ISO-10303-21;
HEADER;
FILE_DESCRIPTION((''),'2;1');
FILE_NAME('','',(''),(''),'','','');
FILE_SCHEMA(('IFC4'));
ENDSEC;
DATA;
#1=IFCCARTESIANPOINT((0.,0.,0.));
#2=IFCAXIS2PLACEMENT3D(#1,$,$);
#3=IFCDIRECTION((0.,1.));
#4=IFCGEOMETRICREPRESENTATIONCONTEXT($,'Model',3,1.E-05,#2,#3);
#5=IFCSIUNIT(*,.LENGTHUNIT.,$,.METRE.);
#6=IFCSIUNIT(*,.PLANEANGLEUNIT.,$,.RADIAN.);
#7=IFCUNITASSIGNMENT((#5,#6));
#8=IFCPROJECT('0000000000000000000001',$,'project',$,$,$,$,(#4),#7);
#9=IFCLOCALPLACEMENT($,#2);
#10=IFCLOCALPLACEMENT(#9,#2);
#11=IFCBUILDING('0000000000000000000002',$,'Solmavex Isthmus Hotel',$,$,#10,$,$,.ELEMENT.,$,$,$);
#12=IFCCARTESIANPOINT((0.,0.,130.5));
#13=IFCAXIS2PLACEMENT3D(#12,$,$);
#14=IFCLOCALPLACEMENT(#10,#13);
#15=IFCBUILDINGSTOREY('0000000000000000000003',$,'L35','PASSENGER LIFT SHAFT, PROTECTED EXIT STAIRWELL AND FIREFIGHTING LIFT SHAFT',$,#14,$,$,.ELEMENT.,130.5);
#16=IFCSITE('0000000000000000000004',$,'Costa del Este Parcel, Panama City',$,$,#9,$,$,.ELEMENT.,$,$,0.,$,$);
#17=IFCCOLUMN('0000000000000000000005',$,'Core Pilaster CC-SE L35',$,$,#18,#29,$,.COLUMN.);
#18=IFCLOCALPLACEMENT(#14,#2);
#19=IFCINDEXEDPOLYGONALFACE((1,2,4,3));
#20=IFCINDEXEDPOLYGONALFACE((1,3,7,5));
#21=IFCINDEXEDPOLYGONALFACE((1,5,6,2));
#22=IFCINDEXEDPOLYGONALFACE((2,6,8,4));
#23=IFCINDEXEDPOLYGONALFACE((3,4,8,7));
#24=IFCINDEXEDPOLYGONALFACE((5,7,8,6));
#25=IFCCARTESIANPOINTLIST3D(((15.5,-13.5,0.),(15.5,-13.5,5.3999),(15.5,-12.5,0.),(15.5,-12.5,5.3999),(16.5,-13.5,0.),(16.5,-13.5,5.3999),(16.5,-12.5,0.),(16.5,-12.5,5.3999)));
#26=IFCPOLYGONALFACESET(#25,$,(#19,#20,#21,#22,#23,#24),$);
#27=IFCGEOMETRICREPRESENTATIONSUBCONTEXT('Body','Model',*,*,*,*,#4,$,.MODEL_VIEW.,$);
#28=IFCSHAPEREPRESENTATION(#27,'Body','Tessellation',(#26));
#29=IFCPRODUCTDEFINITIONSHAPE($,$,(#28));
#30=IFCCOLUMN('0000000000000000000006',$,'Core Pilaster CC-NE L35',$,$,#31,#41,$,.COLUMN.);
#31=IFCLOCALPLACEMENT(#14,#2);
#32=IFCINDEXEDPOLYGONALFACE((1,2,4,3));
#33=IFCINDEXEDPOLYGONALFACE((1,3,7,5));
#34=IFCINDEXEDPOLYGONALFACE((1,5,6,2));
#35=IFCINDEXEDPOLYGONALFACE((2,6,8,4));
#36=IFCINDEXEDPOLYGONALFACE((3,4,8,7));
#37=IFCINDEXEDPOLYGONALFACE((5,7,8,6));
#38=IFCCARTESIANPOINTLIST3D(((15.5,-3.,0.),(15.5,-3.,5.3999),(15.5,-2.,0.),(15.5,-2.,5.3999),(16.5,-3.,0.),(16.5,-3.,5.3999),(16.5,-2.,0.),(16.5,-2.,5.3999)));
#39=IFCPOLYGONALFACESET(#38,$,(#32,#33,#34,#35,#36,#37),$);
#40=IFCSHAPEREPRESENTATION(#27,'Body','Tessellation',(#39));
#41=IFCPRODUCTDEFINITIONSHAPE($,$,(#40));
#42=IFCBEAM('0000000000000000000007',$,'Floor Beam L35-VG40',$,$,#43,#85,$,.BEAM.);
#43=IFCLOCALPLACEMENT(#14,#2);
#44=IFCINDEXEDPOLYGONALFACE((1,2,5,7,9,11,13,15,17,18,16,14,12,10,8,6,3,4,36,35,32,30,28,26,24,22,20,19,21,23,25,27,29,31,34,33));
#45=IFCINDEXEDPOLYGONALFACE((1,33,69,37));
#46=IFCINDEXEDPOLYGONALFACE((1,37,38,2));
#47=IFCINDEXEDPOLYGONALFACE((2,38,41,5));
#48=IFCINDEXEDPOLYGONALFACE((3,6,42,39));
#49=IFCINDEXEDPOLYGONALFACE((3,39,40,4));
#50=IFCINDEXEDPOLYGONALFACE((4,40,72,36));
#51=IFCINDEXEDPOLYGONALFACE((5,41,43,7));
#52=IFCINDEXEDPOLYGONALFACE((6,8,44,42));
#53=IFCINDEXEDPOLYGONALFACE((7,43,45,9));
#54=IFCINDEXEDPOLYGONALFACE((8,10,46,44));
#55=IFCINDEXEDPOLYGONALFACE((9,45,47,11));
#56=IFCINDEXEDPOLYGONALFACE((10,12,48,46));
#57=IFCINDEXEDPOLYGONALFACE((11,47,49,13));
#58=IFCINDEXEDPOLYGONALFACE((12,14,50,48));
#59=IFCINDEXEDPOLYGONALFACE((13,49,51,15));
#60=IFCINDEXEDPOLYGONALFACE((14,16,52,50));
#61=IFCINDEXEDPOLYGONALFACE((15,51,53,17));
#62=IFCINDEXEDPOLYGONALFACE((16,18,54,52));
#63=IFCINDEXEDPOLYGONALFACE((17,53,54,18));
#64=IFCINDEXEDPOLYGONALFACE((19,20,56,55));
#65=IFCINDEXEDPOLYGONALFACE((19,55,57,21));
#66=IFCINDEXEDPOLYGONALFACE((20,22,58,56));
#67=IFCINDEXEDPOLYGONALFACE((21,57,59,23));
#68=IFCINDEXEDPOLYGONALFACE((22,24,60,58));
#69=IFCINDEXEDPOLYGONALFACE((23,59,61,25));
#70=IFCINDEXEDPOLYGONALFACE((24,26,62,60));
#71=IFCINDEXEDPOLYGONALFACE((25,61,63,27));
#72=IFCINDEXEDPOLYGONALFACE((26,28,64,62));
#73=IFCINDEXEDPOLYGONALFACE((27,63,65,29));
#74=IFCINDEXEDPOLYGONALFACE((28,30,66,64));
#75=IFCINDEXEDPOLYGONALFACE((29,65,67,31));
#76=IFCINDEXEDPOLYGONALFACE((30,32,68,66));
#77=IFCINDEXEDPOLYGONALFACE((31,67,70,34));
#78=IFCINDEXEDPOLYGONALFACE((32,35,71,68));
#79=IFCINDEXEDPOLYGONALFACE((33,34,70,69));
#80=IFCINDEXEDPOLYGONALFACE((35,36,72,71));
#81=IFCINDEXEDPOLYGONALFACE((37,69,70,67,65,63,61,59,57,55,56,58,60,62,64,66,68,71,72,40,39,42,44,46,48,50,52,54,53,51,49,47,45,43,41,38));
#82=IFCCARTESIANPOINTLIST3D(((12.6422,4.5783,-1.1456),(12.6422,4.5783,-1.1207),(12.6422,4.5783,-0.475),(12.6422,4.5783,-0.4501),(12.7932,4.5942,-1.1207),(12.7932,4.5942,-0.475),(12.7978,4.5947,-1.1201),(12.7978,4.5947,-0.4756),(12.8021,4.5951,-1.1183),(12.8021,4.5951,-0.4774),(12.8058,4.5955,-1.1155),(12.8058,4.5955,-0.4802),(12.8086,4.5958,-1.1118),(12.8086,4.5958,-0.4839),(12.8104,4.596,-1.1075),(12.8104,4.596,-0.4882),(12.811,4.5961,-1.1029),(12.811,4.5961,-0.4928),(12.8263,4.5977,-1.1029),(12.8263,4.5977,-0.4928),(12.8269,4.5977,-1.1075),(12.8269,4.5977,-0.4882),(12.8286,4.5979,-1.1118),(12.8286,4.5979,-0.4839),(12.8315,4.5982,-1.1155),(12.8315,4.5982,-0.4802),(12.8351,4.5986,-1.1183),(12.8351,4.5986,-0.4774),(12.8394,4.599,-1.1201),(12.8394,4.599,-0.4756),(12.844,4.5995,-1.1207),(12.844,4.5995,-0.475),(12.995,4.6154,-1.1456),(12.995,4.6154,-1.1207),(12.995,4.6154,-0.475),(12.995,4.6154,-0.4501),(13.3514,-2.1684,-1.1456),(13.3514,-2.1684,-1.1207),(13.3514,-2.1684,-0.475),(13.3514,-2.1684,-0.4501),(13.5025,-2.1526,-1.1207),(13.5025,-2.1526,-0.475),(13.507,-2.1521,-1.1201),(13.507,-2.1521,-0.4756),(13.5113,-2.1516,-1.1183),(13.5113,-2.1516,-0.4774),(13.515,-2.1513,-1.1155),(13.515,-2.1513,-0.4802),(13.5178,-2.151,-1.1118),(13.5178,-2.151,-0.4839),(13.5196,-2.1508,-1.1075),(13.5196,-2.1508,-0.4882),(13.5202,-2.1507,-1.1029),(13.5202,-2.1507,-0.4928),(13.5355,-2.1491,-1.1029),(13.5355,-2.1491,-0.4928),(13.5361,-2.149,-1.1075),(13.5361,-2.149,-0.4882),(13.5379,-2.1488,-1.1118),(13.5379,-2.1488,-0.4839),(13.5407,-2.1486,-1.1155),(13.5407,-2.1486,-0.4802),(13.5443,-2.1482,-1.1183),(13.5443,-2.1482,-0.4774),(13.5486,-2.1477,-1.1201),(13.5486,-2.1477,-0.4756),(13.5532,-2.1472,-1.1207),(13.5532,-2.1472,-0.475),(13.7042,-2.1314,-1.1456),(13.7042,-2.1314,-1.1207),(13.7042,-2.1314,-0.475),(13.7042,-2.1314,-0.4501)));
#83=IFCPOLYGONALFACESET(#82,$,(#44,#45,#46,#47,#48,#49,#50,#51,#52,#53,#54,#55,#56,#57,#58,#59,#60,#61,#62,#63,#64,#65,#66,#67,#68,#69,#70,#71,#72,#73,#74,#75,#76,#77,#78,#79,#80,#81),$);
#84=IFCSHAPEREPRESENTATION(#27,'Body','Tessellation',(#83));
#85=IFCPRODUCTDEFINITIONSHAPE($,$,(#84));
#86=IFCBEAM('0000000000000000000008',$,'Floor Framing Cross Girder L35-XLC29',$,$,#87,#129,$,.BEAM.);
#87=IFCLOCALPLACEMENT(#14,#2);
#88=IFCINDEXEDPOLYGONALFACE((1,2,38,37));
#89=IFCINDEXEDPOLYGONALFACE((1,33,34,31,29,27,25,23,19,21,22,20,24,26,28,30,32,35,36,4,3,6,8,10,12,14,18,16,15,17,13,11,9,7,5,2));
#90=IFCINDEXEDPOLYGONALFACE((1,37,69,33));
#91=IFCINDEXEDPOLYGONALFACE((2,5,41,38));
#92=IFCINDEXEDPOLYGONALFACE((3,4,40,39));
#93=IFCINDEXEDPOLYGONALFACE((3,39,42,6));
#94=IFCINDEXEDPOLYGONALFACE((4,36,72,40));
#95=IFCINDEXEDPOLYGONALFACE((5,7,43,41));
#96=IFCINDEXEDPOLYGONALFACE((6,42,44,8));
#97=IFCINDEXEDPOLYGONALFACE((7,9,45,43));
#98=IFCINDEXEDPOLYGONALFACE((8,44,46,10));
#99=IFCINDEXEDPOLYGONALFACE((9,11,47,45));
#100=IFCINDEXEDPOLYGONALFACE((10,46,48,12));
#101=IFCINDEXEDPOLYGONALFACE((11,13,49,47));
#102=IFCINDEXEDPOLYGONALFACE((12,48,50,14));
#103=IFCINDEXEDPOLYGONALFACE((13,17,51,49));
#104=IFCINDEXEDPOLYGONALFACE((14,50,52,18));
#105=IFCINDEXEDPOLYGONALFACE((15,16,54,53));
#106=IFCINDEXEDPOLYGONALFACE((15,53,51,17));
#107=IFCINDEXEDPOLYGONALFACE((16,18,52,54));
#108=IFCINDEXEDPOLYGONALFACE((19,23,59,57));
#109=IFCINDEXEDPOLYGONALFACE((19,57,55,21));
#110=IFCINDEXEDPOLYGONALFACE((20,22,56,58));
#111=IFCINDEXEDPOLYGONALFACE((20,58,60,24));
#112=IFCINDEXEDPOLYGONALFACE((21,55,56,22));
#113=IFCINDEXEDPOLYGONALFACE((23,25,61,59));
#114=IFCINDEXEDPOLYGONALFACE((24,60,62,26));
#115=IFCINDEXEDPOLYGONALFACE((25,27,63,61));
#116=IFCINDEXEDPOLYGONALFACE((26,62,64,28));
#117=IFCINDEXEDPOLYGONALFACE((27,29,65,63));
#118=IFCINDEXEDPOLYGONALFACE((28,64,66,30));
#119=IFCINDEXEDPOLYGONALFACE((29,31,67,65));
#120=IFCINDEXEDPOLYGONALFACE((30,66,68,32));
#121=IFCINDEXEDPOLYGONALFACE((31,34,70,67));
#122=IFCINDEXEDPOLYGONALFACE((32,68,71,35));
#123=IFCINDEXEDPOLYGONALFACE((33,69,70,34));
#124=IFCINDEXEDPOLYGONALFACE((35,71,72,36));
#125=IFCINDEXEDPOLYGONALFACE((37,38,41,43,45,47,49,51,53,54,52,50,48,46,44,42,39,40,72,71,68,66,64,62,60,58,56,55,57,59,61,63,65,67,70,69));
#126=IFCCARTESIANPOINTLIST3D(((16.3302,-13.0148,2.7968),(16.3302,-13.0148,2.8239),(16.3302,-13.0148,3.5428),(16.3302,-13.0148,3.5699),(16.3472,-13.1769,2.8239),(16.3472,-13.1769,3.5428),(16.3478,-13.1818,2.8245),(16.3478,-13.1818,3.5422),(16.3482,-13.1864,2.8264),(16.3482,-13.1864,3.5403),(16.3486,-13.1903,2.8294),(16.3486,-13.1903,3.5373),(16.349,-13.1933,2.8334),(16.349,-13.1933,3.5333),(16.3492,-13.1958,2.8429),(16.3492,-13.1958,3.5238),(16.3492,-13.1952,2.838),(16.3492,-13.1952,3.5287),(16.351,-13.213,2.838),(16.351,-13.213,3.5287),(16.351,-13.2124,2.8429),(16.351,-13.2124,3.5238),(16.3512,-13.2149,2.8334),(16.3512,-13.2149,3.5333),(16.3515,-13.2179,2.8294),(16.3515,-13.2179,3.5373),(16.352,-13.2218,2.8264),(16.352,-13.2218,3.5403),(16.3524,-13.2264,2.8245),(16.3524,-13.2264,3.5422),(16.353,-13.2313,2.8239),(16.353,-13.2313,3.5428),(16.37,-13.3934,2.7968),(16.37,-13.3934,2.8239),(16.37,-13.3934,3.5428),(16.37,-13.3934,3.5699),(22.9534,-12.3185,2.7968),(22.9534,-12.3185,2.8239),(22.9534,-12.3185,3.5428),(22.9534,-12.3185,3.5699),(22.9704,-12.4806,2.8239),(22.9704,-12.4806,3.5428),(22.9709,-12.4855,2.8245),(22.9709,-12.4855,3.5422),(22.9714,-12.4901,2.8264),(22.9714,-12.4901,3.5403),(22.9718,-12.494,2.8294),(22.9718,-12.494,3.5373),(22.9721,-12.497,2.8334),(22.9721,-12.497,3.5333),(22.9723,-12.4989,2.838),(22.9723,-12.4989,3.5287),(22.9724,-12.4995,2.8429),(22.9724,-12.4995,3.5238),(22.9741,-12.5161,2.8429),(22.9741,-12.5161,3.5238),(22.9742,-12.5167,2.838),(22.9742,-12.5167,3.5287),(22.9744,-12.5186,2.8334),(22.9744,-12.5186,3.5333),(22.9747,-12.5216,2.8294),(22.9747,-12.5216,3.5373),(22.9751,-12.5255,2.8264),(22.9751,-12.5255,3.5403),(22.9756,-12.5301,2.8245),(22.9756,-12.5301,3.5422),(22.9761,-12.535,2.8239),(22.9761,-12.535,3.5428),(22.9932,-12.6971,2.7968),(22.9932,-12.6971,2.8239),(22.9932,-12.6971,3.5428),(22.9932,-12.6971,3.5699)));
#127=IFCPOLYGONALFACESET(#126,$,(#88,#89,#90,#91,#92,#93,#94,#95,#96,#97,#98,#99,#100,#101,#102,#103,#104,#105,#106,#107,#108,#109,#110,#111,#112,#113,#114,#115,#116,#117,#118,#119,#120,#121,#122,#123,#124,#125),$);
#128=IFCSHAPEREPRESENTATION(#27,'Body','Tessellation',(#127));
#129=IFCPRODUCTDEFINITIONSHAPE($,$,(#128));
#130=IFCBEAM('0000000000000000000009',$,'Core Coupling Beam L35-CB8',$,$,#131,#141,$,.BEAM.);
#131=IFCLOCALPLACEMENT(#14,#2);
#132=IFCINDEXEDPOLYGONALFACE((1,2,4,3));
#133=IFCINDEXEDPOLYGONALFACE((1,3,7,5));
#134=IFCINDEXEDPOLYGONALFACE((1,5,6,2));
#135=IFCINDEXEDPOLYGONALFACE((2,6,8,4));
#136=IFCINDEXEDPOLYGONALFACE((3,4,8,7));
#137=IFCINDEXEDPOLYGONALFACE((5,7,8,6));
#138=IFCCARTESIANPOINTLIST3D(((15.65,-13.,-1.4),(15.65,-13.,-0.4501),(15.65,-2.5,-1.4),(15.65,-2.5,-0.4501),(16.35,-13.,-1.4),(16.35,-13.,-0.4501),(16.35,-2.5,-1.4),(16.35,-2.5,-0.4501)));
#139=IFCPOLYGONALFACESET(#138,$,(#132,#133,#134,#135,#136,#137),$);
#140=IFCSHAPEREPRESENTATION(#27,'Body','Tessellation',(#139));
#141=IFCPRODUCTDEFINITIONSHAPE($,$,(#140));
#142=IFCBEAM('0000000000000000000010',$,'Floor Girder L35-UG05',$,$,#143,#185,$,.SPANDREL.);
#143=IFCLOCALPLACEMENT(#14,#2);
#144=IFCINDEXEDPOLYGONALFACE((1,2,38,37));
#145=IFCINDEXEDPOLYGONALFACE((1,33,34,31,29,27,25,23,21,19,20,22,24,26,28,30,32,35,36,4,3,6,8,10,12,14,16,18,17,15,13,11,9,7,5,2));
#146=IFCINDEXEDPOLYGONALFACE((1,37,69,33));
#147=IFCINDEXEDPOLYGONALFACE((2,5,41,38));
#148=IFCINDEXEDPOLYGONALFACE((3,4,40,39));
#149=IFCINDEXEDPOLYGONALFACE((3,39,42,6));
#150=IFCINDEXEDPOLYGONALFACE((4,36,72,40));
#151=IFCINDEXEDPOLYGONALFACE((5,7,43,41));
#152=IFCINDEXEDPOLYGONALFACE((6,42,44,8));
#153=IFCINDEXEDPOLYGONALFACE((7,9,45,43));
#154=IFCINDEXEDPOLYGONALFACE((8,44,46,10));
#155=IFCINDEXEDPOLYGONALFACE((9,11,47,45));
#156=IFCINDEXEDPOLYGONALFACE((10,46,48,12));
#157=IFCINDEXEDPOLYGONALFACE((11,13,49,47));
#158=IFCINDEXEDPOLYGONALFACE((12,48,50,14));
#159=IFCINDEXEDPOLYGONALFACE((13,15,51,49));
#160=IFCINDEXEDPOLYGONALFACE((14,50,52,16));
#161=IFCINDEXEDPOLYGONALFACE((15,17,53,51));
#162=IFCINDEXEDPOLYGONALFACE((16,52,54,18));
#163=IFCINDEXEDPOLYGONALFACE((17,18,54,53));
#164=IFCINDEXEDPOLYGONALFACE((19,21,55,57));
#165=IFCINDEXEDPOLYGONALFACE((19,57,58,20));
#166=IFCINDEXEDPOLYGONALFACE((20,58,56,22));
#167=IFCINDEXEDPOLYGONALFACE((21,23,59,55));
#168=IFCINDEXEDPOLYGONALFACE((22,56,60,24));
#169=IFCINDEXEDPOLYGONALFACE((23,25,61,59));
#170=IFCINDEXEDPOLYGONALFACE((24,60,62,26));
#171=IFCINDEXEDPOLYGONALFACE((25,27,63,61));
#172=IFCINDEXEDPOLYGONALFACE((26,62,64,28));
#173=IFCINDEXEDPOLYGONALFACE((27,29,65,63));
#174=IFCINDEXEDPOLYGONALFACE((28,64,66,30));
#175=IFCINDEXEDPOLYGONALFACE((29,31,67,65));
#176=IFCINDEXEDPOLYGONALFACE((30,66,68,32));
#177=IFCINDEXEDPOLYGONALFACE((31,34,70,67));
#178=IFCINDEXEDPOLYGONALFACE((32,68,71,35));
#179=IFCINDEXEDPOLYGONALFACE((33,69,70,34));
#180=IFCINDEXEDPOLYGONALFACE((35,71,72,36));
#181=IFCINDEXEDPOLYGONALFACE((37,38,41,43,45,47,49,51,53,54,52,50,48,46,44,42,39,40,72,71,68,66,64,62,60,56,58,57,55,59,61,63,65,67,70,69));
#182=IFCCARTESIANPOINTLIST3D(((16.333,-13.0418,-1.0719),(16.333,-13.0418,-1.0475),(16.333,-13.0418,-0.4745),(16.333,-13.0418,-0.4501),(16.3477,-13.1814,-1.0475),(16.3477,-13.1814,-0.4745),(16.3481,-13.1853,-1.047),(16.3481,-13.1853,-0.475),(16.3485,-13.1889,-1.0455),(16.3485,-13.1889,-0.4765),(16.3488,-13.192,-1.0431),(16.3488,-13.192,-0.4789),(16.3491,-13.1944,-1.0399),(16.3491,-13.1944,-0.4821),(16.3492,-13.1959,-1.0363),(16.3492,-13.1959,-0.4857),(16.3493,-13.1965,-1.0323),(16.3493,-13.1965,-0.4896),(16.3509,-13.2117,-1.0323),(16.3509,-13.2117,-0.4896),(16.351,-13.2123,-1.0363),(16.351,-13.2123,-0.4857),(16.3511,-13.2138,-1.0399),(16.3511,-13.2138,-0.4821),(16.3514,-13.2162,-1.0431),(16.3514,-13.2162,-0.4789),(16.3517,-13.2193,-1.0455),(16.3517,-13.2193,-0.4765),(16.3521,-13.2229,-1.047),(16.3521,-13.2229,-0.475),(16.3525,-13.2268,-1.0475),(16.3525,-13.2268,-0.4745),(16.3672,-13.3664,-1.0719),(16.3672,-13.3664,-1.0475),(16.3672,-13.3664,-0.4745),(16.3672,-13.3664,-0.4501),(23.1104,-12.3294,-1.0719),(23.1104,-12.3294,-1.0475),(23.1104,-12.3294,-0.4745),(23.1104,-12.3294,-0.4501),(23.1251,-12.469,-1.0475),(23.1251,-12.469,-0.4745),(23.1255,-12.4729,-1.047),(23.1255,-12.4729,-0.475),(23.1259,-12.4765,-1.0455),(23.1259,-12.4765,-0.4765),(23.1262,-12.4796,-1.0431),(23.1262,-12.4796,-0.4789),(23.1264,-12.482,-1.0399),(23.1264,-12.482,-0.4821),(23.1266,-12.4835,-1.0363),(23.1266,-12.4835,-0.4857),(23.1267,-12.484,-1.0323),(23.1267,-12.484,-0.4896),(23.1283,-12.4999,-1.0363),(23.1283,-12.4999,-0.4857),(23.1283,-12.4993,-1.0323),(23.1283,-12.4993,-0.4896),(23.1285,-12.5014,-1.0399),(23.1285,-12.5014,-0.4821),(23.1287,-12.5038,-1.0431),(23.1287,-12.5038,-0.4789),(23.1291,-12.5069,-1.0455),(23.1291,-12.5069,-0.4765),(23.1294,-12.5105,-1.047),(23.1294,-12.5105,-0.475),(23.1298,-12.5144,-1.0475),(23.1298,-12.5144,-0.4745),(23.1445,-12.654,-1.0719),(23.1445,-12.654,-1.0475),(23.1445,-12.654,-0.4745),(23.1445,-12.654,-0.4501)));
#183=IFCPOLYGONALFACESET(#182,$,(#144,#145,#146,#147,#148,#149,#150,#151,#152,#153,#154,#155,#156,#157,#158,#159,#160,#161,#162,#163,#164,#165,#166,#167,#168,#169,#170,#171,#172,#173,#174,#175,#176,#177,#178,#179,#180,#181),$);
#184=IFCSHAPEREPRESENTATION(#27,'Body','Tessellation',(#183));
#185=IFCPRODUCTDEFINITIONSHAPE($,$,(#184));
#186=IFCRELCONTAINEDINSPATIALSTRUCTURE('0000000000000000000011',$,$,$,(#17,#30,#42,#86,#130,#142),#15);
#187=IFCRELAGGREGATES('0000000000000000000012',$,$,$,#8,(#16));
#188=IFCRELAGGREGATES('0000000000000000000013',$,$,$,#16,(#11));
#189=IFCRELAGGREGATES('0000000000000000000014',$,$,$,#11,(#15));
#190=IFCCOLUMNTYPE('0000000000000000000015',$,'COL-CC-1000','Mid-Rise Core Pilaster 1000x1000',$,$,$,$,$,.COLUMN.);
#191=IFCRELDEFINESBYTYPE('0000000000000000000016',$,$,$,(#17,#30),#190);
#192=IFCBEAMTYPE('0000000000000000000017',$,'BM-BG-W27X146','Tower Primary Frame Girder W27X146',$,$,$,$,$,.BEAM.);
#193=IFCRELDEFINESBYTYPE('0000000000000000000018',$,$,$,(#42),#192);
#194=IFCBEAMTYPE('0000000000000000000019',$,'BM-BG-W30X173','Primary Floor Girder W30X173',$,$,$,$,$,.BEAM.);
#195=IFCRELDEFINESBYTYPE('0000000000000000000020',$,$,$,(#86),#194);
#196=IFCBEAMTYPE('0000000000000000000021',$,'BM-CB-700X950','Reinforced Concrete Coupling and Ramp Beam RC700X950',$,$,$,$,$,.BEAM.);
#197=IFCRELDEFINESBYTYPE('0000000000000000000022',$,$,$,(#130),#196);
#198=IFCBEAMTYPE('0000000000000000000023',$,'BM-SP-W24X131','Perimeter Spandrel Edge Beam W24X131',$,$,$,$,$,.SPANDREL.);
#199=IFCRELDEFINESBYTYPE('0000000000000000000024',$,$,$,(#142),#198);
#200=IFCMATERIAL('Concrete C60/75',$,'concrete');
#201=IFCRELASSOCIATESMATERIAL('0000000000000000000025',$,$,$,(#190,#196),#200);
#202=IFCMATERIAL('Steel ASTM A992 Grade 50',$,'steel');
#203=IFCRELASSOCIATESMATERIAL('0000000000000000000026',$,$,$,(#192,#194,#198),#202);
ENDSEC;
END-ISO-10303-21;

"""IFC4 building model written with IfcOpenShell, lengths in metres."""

from ifc_helpers import new_model, si_unit, direction, frame, origin, origin_2d, place, context, subcontext, project, spatial, rectangle, i_section, extrude, material, material_profile, profile_set, type_object, element, save


model = new_model("IFC4")

# Units and contexts
model_context = context("Model", 3, precision=1e-05, world=origin(), true_north=direction((0.0, 1.0)))
body_context = subcontext(model_context, "Body", "Model", "MODEL_VIEW")
ifc_project = project(units=[si_unit("LENGTHUNIT", "METRE"), si_unit("PLANEANGLEUNIT", "RADIAN")], contexts=[model_context])

# Site, building, storey
site_placement = place(None, origin())
site = spatial("IfcSite", under=ifc_project, at=site_placement, Name="Costa del Este Parcel, Panama City", CompositionType="ELEMENT", RefElevation=0.0)
building_placement = place(site_placement, origin())
building = spatial("IfcBuilding", under=site, at=building_placement, Name="Solmavex Isthmus Hotel", CompositionType="ELEMENT")
storey_placement = place(building_placement, frame((0.0, 0.0, 130.5)))
storey = spatial("IfcBuildingStorey", under=building, at=storey_placement, Name="L35", Description="PASSENGER LIFT SHAFT, PROTECTED EXIT STAIRWELL AND FIREFIGHTING LIFT SHAFT", CompositionType="ELEMENT", Elevation=130.5)

# Columns
ifc_material_1 = material(Name="Concrete C60/75", Category="concrete")
ifc_material_profile_1 = material_profile(ifc_material_1, rectangle(XDim=1.0, YDim=1.0, at=origin_2d()), Name="RC1000X1000")
ifc_profile_set_1 = profile_set([ifc_material_profile_1], Name="Concrete C60/75")
column_type = type_object("IfcColumnType", Name="COL-CC-1000", Description="Mid-Rise Core Pilaster 1000x1000", PredefinedType="COLUMN", material=ifc_profile_set_1)
for number, where, z_axis, x_axis, name in (
    (1, (16.0, -13.0, 0.0), (0.0, 0.0, 1.0), (1.0, 0.0, 0.0), "Core Pilaster CC-SE L35"),
    (2, (16.0, -2.5, 0.0), (0.0, 0.0, 1.0), (1.0, 0.0, 0.0), "Core Pilaster CC-NE L35"),
):
    element("IfcColumn", number, at=place(storey_placement, frame(where, z_axis=z_axis, x_axis=x_axis)), inside=storey, type_object=column_type, Name=name, PredefinedType="COLUMN", context=body_context, shape_type="SweptSolid", body=[
        extrude(rectangle(XDim=1.0, YDim=1.0, at=origin_2d()), origin(), (0.0, 0.0, 1.0), 5.3999),
    ])

# Beams
ifc_material_2 = material(Name="Steel ASTM A992 Grade 50", Category="steel")
ifc_material_profile_2 = material_profile(ifc_material_2, i_section(OverallWidth=0.3547, OverallDepth=0.6956, WebThickness=0.0154, FlangeThickness=0.0249, FilletRadius=0.0178, at=origin_2d()), Name="W27X146")
ifc_profile_set_2 = profile_set([ifc_material_profile_2], Name="Steel ASTM A992 Grade 50")
beam_type_1 = type_object("IfcBeamType", Name="BM-BG-W27X146", Description="Tower Primary Frame Girder W27X146", PredefinedType="BEAM", material=ifc_profile_set_2)
beam_1_placement = place(storey_placement, frame((13.5278, -2.1499, -0.7979), z_axis=(-0.104544, 0.99452, 0.0), x_axis=(-0.99452, -0.104544, 0.0)))
element("IfcBeam", 3, at=beam_1_placement, inside=storey, type_object=beam_type_1, Name="Floor Beam L35-VG40", PredefinedType="BEAM", context=body_context, shape_type="SweptSolid", body=[
    extrude(i_section(OverallWidth=0.3547, OverallDepth=0.6956, WebThickness=0.0154, FlangeThickness=0.0249, FilletRadius=0.0178, at=origin_2d()), origin(), (0.0, 0.0, 1.0), 6.7839),
])
ifc_material_profile_3 = material_profile(ifc_material_2, i_section(OverallWidth=0.3806, OverallDepth=0.7732, WebThickness=0.0166, FlangeThickness=0.0271, FilletRadius=0.019, at=origin_2d()), Name="W30X173")
ifc_profile_set_3 = profile_set([ifc_material_profile_3], Name="Steel ASTM A992 Grade 50")
beam_type_2 = type_object("IfcBeamType", Name="BM-BG-W30X173", Description="Primary Floor Girder W30X173", PredefinedType="BEAM", material=ifc_profile_set_3)
beam_2_placement = place(storey_placement, frame((16.3501, -13.2041, 3.1833), z_axis=(0.994519, 0.104555, 0.0), x_axis=(-0.104555, 0.994519, 0.0)))
element("IfcBeam", 4, at=beam_2_placement, inside=storey, type_object=beam_type_2, Name="Floor Framing Cross Girder L35-XLC29", PredefinedType="BEAM", context=body_context, shape_type="SweptSolid", body=[
    extrude(i_section(OverallWidth=0.3806, OverallDepth=0.7732, WebThickness=0.0166, FlangeThickness=0.0271, FilletRadius=0.019, at=origin_2d()), origin(), (0.0, 0.0, 1.0), 6.6597),
])
ifc_material_profile_4 = material_profile(ifc_material_1, rectangle(XDim=0.7, YDim=0.95, at=origin_2d()), Name="RC700X950")
ifc_profile_set_4 = profile_set([ifc_material_profile_4], Name="Concrete C60/75")
beam_type_3 = type_object("IfcBeamType", Name="BM-CB-700X950", Description="Reinforced Concrete Coupling and Ramp Beam RC700X950", PredefinedType="BEAM", material=ifc_profile_set_4)
beam_3_placement = place(storey_placement, frame((16.0, -13.0, -0.925), z_axis=(0.0, 1.0, 0.0), x_axis=(-1.0, 0.0, 0.0)))
element("IfcBeam", 5, at=beam_3_placement, inside=storey, type_object=beam_type_3, Name="Core Coupling Beam L35-CB8", PredefinedType="BEAM", context=body_context, shape_type="SweptSolid", body=[
    extrude(rectangle(XDim=0.7, YDim=0.95, at=origin_2d()), origin(), (0.0, 0.0, 1.0), 10.5),
])
ifc_material_profile_5 = material_profile(ifc_material_2, i_section(OverallWidth=0.3264, OverallDepth=0.6218, WebThickness=0.0154, FlangeThickness=0.0244, FilletRadius=0.0151, at=origin_2d()), Name="W24X131")
ifc_profile_set_5 = profile_set([ifc_material_profile_5], Name="Steel ASTM A992 Grade 50")
beam_type_4 = type_object("IfcBeamType", Name="BM-SP-W24X131", Description="Perimeter Spandrel Edge Beam W24X131", PredefinedType="SPANDREL", material=ifc_profile_set_5)
beam_4_placement = place(storey_placement, frame((16.3501, -13.2041, -0.761), z_axis=(0.994521, 0.104539, 0.0), x_axis=(-0.104539, 0.994521, 0.0)))
element("IfcBeam", 6, at=beam_4_placement, inside=storey, type_object=beam_type_4, Name="Floor Girder L35-UG05", PredefinedType="SPANDREL", context=body_context, shape_type="SweptSolid", body=[
    extrude(i_section(OverallWidth=0.3264, OverallDepth=0.6218, WebThickness=0.0154, FlangeThickness=0.0244, FilletRadius=0.0151, at=origin_2d()), origin(), (0.0, 0.0, 1.0), 6.8147),
])

save(model, "model.ifc")
